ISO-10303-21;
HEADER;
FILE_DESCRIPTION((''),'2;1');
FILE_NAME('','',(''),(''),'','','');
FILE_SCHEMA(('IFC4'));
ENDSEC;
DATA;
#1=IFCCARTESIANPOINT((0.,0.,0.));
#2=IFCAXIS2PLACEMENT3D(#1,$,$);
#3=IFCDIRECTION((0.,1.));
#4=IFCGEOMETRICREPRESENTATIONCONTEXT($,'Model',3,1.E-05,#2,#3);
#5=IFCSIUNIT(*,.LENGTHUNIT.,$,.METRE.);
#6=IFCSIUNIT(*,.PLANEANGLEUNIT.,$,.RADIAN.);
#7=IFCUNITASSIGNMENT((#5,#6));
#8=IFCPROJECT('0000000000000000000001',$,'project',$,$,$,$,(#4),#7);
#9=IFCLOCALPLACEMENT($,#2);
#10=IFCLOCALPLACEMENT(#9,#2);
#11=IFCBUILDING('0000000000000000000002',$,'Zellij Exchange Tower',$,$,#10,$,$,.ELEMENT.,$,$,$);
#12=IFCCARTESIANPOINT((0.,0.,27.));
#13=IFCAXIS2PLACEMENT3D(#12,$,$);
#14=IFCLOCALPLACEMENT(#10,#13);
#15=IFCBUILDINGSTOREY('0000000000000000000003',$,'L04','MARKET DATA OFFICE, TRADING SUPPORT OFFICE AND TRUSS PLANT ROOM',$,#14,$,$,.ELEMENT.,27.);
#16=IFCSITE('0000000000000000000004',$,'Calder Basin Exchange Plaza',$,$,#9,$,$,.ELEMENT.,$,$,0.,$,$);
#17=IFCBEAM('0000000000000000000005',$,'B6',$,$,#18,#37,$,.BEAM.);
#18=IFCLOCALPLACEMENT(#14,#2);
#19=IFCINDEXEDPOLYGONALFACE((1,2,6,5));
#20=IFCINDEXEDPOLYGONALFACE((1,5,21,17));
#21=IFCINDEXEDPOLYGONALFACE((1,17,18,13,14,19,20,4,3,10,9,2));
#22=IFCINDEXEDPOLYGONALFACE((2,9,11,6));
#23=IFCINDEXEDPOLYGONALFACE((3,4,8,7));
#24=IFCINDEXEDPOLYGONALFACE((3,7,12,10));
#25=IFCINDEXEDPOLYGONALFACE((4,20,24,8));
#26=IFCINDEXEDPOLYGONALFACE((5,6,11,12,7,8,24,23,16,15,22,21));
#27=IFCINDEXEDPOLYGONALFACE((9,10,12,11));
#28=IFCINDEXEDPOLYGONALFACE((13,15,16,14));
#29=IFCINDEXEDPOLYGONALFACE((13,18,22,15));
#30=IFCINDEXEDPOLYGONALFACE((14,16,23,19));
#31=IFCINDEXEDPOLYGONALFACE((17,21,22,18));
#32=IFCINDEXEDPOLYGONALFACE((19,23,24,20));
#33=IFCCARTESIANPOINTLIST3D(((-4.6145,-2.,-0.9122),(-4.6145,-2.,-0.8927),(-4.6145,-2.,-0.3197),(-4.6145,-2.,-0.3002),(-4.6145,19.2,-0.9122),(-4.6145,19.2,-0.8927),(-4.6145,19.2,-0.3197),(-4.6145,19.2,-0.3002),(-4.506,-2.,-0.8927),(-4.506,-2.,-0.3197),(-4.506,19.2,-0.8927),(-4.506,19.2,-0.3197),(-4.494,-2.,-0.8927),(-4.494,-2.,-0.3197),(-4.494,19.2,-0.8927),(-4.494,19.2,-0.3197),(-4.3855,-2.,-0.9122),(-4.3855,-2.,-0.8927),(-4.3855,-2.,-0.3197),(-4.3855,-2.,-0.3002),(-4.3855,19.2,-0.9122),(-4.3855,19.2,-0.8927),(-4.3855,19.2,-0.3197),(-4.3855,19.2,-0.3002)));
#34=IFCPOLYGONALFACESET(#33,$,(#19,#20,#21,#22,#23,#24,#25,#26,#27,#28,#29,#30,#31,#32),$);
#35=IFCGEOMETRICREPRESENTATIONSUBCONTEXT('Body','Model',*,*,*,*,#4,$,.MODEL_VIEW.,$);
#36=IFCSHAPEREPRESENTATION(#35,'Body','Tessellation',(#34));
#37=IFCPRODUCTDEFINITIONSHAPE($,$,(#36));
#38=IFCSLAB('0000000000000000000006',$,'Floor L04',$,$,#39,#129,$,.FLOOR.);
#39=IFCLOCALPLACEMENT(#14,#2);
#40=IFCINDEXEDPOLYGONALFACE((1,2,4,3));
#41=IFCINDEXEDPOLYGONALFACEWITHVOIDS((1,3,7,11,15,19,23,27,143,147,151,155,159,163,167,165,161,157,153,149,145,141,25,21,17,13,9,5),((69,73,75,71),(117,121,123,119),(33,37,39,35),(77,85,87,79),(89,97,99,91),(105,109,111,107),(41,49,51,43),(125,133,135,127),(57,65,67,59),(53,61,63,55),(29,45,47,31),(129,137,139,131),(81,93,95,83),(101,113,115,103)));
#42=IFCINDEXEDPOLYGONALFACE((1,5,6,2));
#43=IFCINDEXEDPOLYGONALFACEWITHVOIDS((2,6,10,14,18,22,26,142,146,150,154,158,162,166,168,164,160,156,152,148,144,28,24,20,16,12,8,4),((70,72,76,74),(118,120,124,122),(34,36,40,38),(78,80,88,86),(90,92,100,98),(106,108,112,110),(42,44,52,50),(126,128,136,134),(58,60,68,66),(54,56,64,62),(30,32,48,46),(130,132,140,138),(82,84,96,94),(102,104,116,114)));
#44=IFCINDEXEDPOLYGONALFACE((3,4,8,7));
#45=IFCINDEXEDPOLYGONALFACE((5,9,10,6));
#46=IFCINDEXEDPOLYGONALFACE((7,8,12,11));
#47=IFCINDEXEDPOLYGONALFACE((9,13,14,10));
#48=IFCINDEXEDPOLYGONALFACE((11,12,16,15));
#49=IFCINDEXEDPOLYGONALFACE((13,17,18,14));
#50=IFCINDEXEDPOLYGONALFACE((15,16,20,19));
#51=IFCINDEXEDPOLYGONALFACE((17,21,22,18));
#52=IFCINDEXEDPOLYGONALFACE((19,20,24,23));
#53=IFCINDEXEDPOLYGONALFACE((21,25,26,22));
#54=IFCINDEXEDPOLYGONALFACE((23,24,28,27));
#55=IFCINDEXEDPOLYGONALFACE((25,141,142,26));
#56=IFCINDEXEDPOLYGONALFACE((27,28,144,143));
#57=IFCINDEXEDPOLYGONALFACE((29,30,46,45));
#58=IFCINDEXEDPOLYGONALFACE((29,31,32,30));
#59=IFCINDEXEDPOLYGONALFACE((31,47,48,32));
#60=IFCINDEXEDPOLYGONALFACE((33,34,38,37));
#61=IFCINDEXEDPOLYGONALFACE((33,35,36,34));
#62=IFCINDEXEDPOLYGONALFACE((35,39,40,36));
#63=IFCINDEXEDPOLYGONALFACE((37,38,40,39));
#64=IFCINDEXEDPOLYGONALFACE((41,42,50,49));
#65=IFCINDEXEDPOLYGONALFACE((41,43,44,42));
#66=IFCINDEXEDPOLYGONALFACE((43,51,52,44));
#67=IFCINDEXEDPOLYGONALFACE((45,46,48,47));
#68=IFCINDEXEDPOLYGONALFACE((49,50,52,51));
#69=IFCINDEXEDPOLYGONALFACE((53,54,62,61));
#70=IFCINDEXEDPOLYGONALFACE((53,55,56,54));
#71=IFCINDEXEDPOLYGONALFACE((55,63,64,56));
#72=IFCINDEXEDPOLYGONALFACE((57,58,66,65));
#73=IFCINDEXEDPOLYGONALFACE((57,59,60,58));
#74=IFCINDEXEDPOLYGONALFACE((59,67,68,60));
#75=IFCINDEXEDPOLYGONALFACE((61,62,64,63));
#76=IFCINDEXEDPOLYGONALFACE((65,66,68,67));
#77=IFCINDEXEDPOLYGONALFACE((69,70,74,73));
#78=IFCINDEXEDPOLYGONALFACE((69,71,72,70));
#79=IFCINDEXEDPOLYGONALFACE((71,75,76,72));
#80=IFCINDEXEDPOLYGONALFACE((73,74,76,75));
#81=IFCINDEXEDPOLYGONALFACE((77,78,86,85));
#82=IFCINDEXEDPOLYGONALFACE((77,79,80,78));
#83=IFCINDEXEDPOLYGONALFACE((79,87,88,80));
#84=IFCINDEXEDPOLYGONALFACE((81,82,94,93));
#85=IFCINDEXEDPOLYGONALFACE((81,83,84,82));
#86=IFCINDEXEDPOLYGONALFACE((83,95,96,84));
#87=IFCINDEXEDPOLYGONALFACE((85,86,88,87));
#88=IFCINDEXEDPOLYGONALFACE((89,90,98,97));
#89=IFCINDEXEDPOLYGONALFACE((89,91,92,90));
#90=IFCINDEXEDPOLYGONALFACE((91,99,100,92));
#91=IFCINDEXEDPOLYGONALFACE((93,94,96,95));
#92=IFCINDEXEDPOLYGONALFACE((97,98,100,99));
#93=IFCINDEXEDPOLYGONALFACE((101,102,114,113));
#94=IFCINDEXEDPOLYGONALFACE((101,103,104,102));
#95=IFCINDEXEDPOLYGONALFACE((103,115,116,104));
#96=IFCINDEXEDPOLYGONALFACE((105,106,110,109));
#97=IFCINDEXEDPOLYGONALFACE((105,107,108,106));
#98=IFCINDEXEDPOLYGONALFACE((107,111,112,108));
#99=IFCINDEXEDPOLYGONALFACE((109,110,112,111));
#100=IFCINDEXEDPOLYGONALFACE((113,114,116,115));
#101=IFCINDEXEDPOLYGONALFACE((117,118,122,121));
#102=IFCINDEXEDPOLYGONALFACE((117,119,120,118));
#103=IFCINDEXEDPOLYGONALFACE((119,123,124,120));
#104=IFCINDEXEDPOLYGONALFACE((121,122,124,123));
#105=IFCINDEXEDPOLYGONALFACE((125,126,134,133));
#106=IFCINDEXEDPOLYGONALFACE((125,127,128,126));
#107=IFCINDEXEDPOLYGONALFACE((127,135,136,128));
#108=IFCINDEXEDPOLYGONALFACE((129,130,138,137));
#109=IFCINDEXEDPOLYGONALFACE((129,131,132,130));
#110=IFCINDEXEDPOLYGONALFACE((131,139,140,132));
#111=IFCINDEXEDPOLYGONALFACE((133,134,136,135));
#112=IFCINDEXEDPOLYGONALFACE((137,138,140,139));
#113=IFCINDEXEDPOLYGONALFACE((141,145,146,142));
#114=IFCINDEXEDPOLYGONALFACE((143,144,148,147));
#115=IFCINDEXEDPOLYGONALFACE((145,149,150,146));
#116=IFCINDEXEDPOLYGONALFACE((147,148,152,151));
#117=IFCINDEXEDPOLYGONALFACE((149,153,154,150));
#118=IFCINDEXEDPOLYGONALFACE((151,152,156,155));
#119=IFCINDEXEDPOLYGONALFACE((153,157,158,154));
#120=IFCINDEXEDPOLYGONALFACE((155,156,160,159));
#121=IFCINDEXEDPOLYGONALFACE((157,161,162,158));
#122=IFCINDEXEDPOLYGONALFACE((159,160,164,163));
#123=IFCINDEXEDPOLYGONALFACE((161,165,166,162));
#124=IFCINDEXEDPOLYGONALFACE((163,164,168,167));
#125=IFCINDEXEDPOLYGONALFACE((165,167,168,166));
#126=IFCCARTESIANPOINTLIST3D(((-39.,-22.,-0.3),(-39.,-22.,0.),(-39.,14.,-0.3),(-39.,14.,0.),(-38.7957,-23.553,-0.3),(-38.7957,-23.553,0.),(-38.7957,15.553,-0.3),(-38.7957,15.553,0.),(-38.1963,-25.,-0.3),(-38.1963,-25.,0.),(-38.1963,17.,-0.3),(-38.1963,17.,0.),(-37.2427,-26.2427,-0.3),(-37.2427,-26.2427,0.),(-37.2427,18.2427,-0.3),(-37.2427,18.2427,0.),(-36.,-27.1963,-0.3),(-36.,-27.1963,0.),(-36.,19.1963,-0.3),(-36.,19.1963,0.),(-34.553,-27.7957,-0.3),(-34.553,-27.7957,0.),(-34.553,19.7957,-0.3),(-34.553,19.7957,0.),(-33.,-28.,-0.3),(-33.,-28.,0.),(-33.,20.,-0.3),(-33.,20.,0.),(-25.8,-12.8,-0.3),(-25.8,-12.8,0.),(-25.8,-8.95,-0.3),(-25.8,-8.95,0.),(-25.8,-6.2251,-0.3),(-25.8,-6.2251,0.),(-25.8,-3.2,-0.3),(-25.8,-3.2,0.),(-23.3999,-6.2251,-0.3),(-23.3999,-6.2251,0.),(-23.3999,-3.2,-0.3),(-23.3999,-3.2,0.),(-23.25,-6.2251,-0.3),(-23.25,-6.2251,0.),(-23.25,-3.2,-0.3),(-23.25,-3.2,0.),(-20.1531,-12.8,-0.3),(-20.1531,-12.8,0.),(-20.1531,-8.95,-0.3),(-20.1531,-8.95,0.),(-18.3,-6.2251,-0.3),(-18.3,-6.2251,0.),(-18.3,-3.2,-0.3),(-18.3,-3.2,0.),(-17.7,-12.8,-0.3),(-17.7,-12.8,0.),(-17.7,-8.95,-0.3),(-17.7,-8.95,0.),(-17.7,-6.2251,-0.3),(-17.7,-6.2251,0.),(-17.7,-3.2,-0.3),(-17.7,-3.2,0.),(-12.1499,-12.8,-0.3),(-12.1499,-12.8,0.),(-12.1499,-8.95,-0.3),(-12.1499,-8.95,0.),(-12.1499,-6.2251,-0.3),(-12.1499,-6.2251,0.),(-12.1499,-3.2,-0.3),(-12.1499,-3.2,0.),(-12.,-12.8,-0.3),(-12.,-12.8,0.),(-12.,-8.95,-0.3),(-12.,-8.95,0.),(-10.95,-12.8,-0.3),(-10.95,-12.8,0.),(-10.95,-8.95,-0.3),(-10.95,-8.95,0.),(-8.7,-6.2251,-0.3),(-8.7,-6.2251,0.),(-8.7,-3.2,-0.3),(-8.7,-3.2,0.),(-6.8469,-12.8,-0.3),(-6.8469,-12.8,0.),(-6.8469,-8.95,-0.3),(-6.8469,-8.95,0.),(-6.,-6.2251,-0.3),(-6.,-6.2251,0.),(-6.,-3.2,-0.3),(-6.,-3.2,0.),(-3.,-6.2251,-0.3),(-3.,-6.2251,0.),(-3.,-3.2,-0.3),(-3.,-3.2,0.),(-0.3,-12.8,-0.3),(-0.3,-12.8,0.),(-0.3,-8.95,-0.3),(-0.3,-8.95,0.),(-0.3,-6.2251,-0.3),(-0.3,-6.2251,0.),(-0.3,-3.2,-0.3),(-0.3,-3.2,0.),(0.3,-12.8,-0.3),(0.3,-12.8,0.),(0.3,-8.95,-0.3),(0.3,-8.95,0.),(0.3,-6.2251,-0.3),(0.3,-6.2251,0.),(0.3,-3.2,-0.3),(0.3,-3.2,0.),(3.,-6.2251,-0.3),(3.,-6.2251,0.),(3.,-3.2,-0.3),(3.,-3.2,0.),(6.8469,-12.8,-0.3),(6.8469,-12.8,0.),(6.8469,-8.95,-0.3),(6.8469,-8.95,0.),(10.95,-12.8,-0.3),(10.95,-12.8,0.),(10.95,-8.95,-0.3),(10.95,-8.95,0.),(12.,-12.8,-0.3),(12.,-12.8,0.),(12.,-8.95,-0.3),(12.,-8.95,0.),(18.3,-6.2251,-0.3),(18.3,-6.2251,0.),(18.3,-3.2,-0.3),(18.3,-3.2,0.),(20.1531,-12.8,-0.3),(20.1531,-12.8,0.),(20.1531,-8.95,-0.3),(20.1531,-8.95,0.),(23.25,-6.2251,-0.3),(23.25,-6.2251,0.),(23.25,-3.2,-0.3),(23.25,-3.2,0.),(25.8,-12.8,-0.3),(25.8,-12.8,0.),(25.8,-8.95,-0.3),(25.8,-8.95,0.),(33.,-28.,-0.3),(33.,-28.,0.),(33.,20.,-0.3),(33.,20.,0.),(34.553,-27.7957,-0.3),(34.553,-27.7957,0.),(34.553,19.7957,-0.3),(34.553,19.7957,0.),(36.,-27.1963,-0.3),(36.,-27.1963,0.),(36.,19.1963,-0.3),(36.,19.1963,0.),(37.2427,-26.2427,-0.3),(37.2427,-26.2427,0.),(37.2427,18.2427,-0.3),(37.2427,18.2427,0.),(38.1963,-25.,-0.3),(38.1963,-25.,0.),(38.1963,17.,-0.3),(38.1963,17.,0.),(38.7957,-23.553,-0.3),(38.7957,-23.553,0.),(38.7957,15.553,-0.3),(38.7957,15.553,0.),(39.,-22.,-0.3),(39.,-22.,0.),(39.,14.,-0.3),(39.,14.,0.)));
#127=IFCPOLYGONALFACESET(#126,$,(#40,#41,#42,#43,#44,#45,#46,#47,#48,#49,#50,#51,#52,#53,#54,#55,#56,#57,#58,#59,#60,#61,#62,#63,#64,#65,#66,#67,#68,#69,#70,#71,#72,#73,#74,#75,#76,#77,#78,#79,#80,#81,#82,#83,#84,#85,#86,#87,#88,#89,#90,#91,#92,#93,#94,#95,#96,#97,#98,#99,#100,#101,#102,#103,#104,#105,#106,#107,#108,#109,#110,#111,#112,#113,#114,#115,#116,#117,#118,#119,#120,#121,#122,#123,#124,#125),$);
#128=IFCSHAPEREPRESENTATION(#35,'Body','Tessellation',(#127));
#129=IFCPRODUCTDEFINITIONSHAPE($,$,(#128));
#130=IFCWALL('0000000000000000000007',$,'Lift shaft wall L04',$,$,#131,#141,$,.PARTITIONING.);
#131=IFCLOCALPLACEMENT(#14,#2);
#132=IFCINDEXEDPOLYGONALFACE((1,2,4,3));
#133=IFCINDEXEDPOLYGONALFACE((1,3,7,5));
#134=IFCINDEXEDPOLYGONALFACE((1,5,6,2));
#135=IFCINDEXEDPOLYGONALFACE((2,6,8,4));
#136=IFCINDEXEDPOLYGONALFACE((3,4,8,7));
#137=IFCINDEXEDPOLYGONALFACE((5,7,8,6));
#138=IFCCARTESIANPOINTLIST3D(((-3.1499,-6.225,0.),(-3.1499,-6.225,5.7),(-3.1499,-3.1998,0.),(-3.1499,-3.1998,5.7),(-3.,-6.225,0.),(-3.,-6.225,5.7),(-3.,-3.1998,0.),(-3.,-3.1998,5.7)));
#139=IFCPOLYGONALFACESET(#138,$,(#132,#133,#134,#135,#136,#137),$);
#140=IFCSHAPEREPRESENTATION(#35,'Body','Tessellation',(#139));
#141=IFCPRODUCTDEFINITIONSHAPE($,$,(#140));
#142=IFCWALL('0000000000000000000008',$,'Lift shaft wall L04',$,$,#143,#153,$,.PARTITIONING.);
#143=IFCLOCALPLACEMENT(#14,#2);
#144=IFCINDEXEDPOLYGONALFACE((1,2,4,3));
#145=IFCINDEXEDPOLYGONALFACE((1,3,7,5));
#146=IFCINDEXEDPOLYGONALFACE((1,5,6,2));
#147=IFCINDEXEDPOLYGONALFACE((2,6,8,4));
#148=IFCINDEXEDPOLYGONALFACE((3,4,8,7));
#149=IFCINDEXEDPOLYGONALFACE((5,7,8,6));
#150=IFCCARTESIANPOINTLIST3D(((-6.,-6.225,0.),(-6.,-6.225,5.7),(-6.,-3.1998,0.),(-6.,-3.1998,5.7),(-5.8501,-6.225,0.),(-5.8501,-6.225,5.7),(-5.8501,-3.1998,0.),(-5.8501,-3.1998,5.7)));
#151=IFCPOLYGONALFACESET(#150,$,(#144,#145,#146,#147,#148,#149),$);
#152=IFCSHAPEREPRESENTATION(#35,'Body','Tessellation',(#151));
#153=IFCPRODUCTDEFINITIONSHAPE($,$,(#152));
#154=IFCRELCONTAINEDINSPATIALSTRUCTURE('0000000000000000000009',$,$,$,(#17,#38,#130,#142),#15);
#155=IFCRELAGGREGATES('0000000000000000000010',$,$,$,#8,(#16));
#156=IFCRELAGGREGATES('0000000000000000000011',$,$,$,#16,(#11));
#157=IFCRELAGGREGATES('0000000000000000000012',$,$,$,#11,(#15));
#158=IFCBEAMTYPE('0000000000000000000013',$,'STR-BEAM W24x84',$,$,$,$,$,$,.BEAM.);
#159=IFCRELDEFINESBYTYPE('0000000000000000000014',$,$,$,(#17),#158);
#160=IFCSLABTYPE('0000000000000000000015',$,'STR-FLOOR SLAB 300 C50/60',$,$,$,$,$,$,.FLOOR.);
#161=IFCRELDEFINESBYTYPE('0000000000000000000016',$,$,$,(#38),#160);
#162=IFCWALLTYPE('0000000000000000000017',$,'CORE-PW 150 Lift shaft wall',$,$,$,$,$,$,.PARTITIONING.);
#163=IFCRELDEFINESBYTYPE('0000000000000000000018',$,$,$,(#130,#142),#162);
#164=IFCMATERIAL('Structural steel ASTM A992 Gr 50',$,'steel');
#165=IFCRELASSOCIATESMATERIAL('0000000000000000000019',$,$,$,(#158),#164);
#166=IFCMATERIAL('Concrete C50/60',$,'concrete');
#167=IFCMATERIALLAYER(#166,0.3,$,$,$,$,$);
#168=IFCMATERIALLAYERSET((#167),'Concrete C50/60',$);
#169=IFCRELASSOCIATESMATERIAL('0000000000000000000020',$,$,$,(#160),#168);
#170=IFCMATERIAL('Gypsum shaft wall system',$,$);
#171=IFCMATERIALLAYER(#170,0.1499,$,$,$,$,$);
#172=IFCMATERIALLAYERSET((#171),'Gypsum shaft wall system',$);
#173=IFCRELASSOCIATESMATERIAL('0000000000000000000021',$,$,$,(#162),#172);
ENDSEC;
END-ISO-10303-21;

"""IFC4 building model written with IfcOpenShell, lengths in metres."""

from ifc_helpers import new_model, si_unit, direction, frame, frame_2d, origin, origin_2d, place, context, subcontext, project, spatial, polyline, rectangle, i_section, outline, extrude, material, layer, layer_set, material_profile, profile_set, type_object, element, save


model = new_model("IFC4")

# Units and contexts
model_context = context("Model", 3, precision=1e-05, world=origin(), true_north=direction((0.0, 1.0)))
body_context = subcontext(model_context, "Body", "Model", "MODEL_VIEW")
ifc_project = project(units=[si_unit("LENGTHUNIT", "METRE"), si_unit("PLANEANGLEUNIT", "RADIAN")], contexts=[model_context])

# Site, building, storey
site_placement = place(None, origin())
site = spatial("IfcSite", under=ifc_project, at=site_placement, Name="Calder Basin Exchange Plaza", CompositionType="ELEMENT", RefElevation=0.0)
building_placement = place(site_placement, origin())
building = spatial("IfcBuilding", under=site, at=building_placement, Name="Zellij Exchange Tower", CompositionType="ELEMENT")
storey_placement = place(building_placement, frame((0.0, 0.0, 27.0)))
storey = spatial("IfcBuildingStorey", under=building, at=storey_placement, Name="L04", Description="MARKET DATA OFFICE, TRADING SUPPORT OFFICE AND TRUSS PLANT ROOM", CompositionType="ELEMENT", Elevation=27.0)

# Beam
ifc_material_1 = material(Name="Structural steel ASTM A992 Gr 50", Category="steel")
ifc_material_profile = material_profile(ifc_material_1, i_section(OverallWidth=0.229, OverallDepth=0.6121, WebThickness=0.012, FlangeThickness=0.0195, at=origin_2d()), Name="W24x84")
ifc_profile_set = profile_set([ifc_material_profile], Name="Structural steel ASTM A992 Gr 50")
beam_type = type_object("IfcBeamType", Name="STR-BEAM W24x84", PredefinedType="BEAM", material=ifc_profile_set)
beam_placement = place(storey_placement, frame((-4.5, -2.0, -0.6062), z_axis=(0.0, 1.0, 0.0), x_axis=(-1.0, 0.0, 0.0)))
element("IfcBeam", 1, at=beam_placement, inside=storey, type_object=beam_type, Name="B6", PredefinedType="BEAM", context=body_context, shape_type="SweptSolid", body=[
    extrude(i_section(OverallWidth=0.229, OverallDepth=0.6121, WebThickness=0.012, FlangeThickness=0.0195, at=origin_2d()), origin(), (0.0, 0.0, 1.0), 21.2),
])

# Slab
ifc_material_2 = material(Name="Concrete C50/60", Category="concrete")
ifc_layer_1 = layer(ifc_material_2, 0.3)
ifc_layer_set_1 = layer_set([ifc_layer_1], Name="Concrete C50/60")
slab_type = type_object("IfcSlabType", Name="STR-FLOOR SLAB 300 C50/60", PredefinedType="FLOOR", material=ifc_layer_set_1)
slab_placement = place(storey_placement, frame((0.0, 0.0, -0.3)))
element("IfcSlab", 2, at=slab_placement, inside=storey, type_object=slab_type, Name="Floor L04", PredefinedType="FLOOR", context=body_context, shape_type="SweptSolid", body=[
    extrude(outline(polyline([(-33.0, -28.0), (-34.553, -27.7957), (-36.0, -27.1963), (-37.2427, -26.2427), (-38.1963, -25.0), (-38.7957, -23.553), (-39.0, -22.0), (-39.0, 14.0), (-38.7957, 15.553), (-38.1963, 17.0), (-37.2427, 18.2427), (-36.0, 19.1963), (-34.553, 19.7957), (-33.0, 20.0), (33.0, 20.0), (34.553, 19.7957), (36.0, 19.1963), (37.2427, 18.2427), (38.1963, 17.0), (38.7957, 15.553), (39.0, 14.0), (39.0, -22.0), (38.7957, -23.553), (38.1963, -25.0), (37.2427, -26.2427), (36.0, -27.1963), (34.553, -27.7957), (33.0, -28.0), (-33.0, -28.0)]), holes=[polyline([(-25.8, -8.95), (-25.8, -12.8), (-20.1531, -12.8), (-20.1531, -8.95), (-25.8, -8.95)]), polyline([(-12.1499, -8.95), (-17.7, -8.95), (-17.7, -12.8), (-12.1499, -12.8), (-12.1499, -8.95)]), polyline([(-10.95, -8.95), (-12.0, -8.95), (-12.0, -12.8), (-10.95, -12.8), (-10.95, -8.95)]), polyline([(-23.3999, -3.2), (-25.8, -3.2), (-25.8, -6.2251), (-23.3999, -6.2251), (-23.3999, -3.2)]), polyline([(-18.3, -3.2), (-23.25, -3.2), (-23.25, -6.2251), (-18.3, -6.2251), (-18.3, -3.2)]), polyline([(-12.1499, -3.2), (-17.7, -3.2), (-17.7, -6.2251), (-12.1499, -6.2251), (-12.1499, -3.2)]), polyline([(-6.0, -3.2), (-8.7, -3.2), (-8.7, -6.2251), (-6.0, -6.2251), (-6.0, -3.2)]), polyline([(-6.8469, -8.95), (-6.8469, -12.8), (-0.3, -12.8), (-0.3, -8.95), (-6.8469, -8.95)]), polyline([(6.8469, -8.95), (0.3, -8.95), (0.3, -12.8), (6.8469, -12.8), (6.8469, -8.95)]), polyline([(12.0, -8.95), (10.95, -8.95), (10.95, -12.8), (12.0, -12.8), (12.0, -8.95)]), polyline([(25.8, -8.95), (20.1531, -8.95), (20.1531, -12.8), (25.8, -12.8), (25.8, -8.95)]), polyline([(-0.3, -3.2), (-3.0, -3.2), (-3.0, -6.2251), (-0.3, -6.2251), (-0.3, -3.2)]), polyline([(3.0, -3.2), (0.3, -3.2), (0.3, -6.2251), (3.0, -6.2251), (3.0, -3.2)]), polyline([(23.25, -3.2), (18.3, -3.2), (18.3, -6.2251), (23.25, -6.2251), (23.25, -3.2)])]), origin(), (0.0, 0.0, 1.0), 0.3),
])

# Walls
ifc_material_3 = material(Name="Gypsum shaft wall system")
ifc_layer_2 = layer(ifc_material_3, 0.1499)
ifc_layer_set_2 = layer_set([ifc_layer_2], Name="Gypsum shaft wall system")
wall_type = type_object("IfcWallType", Name="CORE-PW 150 Lift shaft wall", PredefinedType="PARTITIONING", material=ifc_layer_set_2)
for number, where, z_axis, x_axis, name in (
    (3, (-3.075, -6.2251, 0.0), (0.0, 0.0, 1.0), (0.0, 1.0, 0.0), "Lift shaft wall L04"),
    (4, (-5.925, -6.2251, 0.0), (0.0, 0.0, 1.0), (0.0, 1.0, 0.0), "Lift shaft wall L04"),
):
    element("IfcWall", number, at=place(storey_placement, frame(where, z_axis=z_axis, x_axis=x_axis)), inside=storey, type_object=wall_type, Name=name, PredefinedType="PARTITIONING", context=body_context, shape_type="SweptSolid", body=[
        extrude(rectangle(XDim=3.0251, YDim=0.1499, at=frame_2d((1.5127, 0.0))), origin(), (0.0, 0.0, 1.0), 5.7),
    ])

save(model, "model.ifc")
